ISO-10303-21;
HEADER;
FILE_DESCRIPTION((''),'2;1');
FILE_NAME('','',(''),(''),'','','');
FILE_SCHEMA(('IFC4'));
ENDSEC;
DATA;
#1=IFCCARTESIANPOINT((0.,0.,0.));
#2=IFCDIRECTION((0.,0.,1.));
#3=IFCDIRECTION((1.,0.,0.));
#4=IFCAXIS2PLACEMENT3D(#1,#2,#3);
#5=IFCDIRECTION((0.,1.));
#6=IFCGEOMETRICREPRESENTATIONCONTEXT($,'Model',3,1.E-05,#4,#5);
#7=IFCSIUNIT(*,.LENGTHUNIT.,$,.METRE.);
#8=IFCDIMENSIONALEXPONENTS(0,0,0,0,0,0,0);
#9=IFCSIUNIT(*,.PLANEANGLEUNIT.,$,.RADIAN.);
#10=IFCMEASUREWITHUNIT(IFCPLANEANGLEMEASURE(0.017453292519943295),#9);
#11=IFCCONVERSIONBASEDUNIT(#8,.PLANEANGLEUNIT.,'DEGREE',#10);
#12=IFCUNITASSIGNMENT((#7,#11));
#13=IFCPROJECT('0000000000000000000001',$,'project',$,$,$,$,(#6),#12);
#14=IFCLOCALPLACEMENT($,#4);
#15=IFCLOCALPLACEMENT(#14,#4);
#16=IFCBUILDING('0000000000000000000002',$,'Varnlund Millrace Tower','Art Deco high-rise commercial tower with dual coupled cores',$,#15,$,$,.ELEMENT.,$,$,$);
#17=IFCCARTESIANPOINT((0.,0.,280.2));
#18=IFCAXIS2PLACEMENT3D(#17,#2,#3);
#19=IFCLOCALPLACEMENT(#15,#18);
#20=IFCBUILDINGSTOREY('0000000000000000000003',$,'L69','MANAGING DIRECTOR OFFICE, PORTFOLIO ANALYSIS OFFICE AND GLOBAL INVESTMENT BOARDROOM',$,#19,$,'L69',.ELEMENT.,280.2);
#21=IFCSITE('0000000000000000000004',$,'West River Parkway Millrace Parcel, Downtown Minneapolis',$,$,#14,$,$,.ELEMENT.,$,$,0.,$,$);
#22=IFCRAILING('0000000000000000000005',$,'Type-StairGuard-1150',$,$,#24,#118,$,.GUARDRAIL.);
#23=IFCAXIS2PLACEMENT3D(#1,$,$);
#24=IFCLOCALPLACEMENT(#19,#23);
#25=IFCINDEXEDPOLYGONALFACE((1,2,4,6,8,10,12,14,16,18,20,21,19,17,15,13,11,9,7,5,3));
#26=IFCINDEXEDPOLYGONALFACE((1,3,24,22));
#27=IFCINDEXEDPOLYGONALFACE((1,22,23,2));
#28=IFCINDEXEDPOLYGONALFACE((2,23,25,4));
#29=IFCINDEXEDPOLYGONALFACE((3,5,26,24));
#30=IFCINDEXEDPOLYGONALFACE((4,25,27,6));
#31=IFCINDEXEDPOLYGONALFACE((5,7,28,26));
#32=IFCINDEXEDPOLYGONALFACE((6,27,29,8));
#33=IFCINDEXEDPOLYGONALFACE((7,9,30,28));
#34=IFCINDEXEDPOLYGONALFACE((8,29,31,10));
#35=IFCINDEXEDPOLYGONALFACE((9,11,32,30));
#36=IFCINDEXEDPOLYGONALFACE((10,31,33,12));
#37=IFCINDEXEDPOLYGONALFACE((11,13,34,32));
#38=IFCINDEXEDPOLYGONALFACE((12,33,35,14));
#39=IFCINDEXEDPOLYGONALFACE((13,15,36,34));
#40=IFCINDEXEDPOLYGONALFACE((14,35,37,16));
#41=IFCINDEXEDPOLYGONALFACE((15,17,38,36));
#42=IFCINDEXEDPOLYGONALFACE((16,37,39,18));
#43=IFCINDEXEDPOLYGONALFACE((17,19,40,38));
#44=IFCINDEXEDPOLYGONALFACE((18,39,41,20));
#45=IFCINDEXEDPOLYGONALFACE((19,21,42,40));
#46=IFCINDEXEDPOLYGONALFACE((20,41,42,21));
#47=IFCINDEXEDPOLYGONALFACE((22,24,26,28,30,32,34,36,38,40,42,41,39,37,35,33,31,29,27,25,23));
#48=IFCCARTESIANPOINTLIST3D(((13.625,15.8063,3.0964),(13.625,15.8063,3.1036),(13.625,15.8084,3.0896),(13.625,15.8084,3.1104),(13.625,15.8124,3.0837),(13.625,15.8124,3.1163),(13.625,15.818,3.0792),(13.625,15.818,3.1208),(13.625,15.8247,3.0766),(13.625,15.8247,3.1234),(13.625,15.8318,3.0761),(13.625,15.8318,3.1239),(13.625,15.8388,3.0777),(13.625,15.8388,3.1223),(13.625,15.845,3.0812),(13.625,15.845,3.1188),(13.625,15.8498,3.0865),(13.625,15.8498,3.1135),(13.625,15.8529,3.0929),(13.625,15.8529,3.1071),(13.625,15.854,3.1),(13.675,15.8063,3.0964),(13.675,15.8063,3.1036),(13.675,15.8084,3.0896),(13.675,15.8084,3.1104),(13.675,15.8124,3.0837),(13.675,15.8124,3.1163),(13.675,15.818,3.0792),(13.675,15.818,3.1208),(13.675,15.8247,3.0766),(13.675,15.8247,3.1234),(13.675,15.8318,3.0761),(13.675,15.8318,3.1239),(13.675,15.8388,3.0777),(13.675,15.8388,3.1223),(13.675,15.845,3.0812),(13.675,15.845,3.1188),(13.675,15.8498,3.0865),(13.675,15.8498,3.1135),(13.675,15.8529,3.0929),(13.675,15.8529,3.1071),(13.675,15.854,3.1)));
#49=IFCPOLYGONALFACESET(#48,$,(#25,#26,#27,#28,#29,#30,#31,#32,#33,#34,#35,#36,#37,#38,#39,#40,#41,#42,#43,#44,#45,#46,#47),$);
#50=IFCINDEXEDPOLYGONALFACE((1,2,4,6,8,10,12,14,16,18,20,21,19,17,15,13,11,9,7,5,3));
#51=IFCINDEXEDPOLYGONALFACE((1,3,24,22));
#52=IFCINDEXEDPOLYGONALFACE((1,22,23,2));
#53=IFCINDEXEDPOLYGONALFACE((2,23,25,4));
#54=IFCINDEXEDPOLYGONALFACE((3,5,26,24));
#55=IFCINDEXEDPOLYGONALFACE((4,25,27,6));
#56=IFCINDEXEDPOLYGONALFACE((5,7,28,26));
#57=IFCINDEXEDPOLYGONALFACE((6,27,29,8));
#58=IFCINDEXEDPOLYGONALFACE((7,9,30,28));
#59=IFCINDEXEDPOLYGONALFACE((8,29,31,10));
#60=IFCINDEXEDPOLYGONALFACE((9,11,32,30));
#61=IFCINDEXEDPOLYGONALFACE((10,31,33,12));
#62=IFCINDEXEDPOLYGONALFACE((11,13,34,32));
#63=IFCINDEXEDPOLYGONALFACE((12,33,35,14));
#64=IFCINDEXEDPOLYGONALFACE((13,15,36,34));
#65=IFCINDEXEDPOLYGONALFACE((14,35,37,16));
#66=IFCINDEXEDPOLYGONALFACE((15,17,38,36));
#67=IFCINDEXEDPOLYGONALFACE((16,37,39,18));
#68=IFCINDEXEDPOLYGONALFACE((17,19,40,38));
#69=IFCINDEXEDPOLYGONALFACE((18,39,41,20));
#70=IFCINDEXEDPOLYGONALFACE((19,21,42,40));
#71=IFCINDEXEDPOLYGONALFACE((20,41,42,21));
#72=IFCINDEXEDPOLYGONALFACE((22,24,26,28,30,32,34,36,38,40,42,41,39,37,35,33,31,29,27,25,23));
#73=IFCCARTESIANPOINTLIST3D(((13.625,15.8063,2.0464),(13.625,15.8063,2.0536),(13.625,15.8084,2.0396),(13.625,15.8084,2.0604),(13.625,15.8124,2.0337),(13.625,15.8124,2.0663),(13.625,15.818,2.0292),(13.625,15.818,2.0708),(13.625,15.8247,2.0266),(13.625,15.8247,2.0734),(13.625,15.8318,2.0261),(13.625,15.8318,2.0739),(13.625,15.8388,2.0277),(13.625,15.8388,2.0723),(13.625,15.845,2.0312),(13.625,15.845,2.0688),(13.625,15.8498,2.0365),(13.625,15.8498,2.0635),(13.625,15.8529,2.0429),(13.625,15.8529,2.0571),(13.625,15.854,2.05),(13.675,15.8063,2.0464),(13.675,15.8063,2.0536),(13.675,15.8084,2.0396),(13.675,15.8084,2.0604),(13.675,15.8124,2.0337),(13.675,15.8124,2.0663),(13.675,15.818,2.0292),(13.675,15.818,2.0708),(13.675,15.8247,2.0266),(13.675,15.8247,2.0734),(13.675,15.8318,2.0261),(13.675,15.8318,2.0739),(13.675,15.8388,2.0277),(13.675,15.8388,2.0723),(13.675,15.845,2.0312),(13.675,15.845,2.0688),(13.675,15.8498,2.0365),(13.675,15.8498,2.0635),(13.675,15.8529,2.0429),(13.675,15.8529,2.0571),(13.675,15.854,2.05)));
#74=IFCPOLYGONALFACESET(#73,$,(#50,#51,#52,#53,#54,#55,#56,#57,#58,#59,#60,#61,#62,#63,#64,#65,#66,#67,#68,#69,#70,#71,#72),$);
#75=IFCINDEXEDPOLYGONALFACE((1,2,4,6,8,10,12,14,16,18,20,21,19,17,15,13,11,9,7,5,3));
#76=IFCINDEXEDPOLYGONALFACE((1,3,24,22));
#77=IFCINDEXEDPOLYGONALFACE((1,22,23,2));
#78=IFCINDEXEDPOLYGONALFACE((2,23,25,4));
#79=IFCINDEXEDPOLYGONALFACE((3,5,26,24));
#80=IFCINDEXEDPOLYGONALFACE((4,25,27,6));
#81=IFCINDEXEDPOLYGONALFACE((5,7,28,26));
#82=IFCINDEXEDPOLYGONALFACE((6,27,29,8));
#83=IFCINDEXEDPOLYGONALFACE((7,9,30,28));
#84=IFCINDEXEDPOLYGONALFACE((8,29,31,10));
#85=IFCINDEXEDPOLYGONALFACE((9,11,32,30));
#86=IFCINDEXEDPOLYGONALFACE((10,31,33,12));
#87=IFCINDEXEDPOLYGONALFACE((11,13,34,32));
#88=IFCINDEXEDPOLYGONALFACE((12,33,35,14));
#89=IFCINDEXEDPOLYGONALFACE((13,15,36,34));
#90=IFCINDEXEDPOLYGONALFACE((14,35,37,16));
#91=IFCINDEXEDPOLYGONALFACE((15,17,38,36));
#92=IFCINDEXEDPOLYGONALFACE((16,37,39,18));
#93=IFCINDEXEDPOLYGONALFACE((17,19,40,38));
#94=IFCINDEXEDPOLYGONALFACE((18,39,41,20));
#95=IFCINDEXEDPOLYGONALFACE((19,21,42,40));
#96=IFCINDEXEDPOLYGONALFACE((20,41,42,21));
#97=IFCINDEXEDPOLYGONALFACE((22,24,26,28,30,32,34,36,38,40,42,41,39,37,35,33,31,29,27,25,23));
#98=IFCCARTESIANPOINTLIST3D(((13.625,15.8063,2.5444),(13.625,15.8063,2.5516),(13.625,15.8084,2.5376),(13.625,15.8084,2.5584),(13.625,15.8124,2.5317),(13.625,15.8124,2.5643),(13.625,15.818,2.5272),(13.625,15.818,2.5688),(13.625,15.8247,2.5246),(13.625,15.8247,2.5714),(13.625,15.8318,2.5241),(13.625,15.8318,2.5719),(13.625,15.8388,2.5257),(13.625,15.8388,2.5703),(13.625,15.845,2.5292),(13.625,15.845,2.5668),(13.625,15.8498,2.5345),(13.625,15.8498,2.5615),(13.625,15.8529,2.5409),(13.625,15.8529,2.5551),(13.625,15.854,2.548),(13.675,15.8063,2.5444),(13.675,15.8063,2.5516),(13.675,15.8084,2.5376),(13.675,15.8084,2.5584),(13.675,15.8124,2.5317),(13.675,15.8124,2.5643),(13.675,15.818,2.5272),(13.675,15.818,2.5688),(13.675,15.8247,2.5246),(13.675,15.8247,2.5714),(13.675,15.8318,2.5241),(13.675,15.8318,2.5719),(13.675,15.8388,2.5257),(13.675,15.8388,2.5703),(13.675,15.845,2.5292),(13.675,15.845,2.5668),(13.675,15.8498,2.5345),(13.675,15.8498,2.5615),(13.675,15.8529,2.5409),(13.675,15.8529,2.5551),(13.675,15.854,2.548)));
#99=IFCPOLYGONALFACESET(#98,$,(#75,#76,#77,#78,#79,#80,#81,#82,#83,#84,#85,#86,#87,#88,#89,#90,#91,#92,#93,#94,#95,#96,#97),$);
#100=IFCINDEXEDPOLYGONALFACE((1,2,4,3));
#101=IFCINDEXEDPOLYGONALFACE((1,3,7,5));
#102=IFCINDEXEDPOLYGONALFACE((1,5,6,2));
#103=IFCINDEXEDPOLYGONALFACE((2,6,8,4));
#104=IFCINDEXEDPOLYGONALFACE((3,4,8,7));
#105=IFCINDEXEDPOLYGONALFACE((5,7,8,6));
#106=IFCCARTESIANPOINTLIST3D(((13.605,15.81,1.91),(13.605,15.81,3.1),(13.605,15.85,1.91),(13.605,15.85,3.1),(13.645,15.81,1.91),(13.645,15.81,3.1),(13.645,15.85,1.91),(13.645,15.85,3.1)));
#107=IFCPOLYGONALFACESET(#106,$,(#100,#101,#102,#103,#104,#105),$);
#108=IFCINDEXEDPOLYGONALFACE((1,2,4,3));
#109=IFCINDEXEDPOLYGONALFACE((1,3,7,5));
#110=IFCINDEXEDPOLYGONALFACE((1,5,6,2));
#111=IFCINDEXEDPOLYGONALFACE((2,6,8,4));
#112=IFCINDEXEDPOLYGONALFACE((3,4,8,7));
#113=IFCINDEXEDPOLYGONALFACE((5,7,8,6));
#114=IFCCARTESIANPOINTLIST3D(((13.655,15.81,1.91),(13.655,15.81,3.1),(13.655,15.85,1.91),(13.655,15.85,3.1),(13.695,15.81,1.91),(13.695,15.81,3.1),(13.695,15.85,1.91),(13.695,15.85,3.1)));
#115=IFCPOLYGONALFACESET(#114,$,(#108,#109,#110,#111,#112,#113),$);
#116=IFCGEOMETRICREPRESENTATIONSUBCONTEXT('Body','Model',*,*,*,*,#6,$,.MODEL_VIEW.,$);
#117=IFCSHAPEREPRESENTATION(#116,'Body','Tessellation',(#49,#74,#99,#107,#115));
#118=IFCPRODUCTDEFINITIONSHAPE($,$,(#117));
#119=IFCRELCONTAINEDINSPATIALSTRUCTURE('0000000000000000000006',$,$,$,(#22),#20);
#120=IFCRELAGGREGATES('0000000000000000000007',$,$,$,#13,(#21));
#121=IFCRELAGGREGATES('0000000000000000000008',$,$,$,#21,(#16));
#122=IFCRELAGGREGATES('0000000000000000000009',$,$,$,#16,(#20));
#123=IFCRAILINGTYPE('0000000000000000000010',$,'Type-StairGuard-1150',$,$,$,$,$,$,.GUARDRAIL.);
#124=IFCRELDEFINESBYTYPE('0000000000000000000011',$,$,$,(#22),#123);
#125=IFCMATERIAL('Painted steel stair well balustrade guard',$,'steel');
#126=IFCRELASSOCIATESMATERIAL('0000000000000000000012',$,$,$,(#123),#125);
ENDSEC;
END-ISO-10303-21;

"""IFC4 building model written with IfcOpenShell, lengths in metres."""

from ifc_helpers import new_model, entity, si_unit, converted_unit, direction, frame, origin_with_axes, origin_2d_with_axis, place, context, subcontext, project, spatial, rectangle, circle, extrude, material, type_object, element, save


model = new_model("IFC4")

# Units and contexts
model_context = context("Model", 3, precision=1e-05, world=origin_with_axes(), true_north=direction((0.0, 1.0)))
body_context = subcontext(model_context, "Body", "Model", "MODEL_VIEW")
ifc_project = project(units=[si_unit("LENGTHUNIT", "METRE"), converted_unit("PLANEANGLEUNIT", "DEGREE", entity("IfcPlaneAngleMeasure", 0.017453292519943295), si_unit("PLANEANGLEUNIT", "RADIAN"), dimensions=[0, 0, 0, 0, 0, 0, 0])], contexts=[model_context])

# Site, building, storey
site_placement = place(None, origin_with_axes())
site = spatial("IfcSite", under=ifc_project, at=site_placement, Name="West River Parkway Millrace Parcel, Downtown Minneapolis", CompositionType="ELEMENT", RefElevation=0.0)
building_placement = place(site_placement, origin_with_axes())
building = spatial("IfcBuilding", under=site, at=building_placement, Name="Varnlund Millrace Tower", Description="Art Deco high-rise commercial tower with dual coupled cores", CompositionType="ELEMENT")
storey_placement = place(building_placement, frame((0.0, 0.0, 280.2), z_axis=(0.0, 0.0, 1.0), x_axis=(1.0, 0.0, 0.0)))
storey = spatial("IfcBuildingStorey", under=building, at=storey_placement, Name="L69", Description="MANAGING DIRECTOR OFFICE, PORTFOLIO ANALYSIS OFFICE AND GLOBAL INVESTMENT BOARDROOM", LongName="L69", CompositionType="ELEMENT", Elevation=280.2)

# Railing
ifc_material_1 = material(Name="Painted steel stair well balustrade guard", Category="steel")
railing_type_1 = type_object("IfcRailingType", Name="Type-StairGuard-1150", PredefinedType="GUARDRAIL", material=ifc_material_1)
railing_1_placement = place(storey_placement, frame((0.0, 0.0, -280.2), z_axis=(0.0, 0.0, 1.0), x_axis=(1.0, 0.0, 0.0)))
element("IfcRailing", 1, at=railing_1_placement, inside=storey, type_object=railing_type_1, Name="Type-StairGuard-1150", PredefinedType="GUARDRAIL", context=body_context, shape_type="SweptSolid", body=[
    extrude(circle(Radius=0.024, at=origin_2d_with_axis()), frame((13.625, 15.83, 283.3), z_axis=(1.0, 0.0, 0.0), x_axis=(0.0, 1.0, 0.0)), (0.0, 0.0, 1.0), 0.05),
    extrude(circle(Radius=0.024, at=origin_2d_with_axis()), frame((13.625, 15.83, 282.25), z_axis=(1.0, 0.0, 0.0), x_axis=(0.0, 1.0, 0.0)), (0.0, 0.0, 1.0), 0.05),
    extrude(circle(Radius=0.024, at=origin_2d_with_axis()), frame((13.625, 15.83, 282.748), z_axis=(1.0, 0.0, 0.0), x_axis=(0.0, 1.0, 0.0)), (0.0, 0.0, 1.0), 0.05),
    extrude(rectangle(XDim=0.04, YDim=0.04, at=origin_2d_with_axis()), frame((13.625, 15.83, 282.11), z_axis=(0.0, 0.0, 1.0), x_axis=(1.0, 0.0, 0.0)), (0.0, 0.0, 1.0), 1.19),
    extrude(rectangle(XDim=0.04, YDim=0.04, at=origin_2d_with_axis()), frame((13.675, 15.83, 282.11), z_axis=(0.0, 0.0, 1.0), x_axis=(1.0, 0.0, 0.0)), (0.0, 0.0, 1.0), 1.19),
])

save(model, "model.ifc")
